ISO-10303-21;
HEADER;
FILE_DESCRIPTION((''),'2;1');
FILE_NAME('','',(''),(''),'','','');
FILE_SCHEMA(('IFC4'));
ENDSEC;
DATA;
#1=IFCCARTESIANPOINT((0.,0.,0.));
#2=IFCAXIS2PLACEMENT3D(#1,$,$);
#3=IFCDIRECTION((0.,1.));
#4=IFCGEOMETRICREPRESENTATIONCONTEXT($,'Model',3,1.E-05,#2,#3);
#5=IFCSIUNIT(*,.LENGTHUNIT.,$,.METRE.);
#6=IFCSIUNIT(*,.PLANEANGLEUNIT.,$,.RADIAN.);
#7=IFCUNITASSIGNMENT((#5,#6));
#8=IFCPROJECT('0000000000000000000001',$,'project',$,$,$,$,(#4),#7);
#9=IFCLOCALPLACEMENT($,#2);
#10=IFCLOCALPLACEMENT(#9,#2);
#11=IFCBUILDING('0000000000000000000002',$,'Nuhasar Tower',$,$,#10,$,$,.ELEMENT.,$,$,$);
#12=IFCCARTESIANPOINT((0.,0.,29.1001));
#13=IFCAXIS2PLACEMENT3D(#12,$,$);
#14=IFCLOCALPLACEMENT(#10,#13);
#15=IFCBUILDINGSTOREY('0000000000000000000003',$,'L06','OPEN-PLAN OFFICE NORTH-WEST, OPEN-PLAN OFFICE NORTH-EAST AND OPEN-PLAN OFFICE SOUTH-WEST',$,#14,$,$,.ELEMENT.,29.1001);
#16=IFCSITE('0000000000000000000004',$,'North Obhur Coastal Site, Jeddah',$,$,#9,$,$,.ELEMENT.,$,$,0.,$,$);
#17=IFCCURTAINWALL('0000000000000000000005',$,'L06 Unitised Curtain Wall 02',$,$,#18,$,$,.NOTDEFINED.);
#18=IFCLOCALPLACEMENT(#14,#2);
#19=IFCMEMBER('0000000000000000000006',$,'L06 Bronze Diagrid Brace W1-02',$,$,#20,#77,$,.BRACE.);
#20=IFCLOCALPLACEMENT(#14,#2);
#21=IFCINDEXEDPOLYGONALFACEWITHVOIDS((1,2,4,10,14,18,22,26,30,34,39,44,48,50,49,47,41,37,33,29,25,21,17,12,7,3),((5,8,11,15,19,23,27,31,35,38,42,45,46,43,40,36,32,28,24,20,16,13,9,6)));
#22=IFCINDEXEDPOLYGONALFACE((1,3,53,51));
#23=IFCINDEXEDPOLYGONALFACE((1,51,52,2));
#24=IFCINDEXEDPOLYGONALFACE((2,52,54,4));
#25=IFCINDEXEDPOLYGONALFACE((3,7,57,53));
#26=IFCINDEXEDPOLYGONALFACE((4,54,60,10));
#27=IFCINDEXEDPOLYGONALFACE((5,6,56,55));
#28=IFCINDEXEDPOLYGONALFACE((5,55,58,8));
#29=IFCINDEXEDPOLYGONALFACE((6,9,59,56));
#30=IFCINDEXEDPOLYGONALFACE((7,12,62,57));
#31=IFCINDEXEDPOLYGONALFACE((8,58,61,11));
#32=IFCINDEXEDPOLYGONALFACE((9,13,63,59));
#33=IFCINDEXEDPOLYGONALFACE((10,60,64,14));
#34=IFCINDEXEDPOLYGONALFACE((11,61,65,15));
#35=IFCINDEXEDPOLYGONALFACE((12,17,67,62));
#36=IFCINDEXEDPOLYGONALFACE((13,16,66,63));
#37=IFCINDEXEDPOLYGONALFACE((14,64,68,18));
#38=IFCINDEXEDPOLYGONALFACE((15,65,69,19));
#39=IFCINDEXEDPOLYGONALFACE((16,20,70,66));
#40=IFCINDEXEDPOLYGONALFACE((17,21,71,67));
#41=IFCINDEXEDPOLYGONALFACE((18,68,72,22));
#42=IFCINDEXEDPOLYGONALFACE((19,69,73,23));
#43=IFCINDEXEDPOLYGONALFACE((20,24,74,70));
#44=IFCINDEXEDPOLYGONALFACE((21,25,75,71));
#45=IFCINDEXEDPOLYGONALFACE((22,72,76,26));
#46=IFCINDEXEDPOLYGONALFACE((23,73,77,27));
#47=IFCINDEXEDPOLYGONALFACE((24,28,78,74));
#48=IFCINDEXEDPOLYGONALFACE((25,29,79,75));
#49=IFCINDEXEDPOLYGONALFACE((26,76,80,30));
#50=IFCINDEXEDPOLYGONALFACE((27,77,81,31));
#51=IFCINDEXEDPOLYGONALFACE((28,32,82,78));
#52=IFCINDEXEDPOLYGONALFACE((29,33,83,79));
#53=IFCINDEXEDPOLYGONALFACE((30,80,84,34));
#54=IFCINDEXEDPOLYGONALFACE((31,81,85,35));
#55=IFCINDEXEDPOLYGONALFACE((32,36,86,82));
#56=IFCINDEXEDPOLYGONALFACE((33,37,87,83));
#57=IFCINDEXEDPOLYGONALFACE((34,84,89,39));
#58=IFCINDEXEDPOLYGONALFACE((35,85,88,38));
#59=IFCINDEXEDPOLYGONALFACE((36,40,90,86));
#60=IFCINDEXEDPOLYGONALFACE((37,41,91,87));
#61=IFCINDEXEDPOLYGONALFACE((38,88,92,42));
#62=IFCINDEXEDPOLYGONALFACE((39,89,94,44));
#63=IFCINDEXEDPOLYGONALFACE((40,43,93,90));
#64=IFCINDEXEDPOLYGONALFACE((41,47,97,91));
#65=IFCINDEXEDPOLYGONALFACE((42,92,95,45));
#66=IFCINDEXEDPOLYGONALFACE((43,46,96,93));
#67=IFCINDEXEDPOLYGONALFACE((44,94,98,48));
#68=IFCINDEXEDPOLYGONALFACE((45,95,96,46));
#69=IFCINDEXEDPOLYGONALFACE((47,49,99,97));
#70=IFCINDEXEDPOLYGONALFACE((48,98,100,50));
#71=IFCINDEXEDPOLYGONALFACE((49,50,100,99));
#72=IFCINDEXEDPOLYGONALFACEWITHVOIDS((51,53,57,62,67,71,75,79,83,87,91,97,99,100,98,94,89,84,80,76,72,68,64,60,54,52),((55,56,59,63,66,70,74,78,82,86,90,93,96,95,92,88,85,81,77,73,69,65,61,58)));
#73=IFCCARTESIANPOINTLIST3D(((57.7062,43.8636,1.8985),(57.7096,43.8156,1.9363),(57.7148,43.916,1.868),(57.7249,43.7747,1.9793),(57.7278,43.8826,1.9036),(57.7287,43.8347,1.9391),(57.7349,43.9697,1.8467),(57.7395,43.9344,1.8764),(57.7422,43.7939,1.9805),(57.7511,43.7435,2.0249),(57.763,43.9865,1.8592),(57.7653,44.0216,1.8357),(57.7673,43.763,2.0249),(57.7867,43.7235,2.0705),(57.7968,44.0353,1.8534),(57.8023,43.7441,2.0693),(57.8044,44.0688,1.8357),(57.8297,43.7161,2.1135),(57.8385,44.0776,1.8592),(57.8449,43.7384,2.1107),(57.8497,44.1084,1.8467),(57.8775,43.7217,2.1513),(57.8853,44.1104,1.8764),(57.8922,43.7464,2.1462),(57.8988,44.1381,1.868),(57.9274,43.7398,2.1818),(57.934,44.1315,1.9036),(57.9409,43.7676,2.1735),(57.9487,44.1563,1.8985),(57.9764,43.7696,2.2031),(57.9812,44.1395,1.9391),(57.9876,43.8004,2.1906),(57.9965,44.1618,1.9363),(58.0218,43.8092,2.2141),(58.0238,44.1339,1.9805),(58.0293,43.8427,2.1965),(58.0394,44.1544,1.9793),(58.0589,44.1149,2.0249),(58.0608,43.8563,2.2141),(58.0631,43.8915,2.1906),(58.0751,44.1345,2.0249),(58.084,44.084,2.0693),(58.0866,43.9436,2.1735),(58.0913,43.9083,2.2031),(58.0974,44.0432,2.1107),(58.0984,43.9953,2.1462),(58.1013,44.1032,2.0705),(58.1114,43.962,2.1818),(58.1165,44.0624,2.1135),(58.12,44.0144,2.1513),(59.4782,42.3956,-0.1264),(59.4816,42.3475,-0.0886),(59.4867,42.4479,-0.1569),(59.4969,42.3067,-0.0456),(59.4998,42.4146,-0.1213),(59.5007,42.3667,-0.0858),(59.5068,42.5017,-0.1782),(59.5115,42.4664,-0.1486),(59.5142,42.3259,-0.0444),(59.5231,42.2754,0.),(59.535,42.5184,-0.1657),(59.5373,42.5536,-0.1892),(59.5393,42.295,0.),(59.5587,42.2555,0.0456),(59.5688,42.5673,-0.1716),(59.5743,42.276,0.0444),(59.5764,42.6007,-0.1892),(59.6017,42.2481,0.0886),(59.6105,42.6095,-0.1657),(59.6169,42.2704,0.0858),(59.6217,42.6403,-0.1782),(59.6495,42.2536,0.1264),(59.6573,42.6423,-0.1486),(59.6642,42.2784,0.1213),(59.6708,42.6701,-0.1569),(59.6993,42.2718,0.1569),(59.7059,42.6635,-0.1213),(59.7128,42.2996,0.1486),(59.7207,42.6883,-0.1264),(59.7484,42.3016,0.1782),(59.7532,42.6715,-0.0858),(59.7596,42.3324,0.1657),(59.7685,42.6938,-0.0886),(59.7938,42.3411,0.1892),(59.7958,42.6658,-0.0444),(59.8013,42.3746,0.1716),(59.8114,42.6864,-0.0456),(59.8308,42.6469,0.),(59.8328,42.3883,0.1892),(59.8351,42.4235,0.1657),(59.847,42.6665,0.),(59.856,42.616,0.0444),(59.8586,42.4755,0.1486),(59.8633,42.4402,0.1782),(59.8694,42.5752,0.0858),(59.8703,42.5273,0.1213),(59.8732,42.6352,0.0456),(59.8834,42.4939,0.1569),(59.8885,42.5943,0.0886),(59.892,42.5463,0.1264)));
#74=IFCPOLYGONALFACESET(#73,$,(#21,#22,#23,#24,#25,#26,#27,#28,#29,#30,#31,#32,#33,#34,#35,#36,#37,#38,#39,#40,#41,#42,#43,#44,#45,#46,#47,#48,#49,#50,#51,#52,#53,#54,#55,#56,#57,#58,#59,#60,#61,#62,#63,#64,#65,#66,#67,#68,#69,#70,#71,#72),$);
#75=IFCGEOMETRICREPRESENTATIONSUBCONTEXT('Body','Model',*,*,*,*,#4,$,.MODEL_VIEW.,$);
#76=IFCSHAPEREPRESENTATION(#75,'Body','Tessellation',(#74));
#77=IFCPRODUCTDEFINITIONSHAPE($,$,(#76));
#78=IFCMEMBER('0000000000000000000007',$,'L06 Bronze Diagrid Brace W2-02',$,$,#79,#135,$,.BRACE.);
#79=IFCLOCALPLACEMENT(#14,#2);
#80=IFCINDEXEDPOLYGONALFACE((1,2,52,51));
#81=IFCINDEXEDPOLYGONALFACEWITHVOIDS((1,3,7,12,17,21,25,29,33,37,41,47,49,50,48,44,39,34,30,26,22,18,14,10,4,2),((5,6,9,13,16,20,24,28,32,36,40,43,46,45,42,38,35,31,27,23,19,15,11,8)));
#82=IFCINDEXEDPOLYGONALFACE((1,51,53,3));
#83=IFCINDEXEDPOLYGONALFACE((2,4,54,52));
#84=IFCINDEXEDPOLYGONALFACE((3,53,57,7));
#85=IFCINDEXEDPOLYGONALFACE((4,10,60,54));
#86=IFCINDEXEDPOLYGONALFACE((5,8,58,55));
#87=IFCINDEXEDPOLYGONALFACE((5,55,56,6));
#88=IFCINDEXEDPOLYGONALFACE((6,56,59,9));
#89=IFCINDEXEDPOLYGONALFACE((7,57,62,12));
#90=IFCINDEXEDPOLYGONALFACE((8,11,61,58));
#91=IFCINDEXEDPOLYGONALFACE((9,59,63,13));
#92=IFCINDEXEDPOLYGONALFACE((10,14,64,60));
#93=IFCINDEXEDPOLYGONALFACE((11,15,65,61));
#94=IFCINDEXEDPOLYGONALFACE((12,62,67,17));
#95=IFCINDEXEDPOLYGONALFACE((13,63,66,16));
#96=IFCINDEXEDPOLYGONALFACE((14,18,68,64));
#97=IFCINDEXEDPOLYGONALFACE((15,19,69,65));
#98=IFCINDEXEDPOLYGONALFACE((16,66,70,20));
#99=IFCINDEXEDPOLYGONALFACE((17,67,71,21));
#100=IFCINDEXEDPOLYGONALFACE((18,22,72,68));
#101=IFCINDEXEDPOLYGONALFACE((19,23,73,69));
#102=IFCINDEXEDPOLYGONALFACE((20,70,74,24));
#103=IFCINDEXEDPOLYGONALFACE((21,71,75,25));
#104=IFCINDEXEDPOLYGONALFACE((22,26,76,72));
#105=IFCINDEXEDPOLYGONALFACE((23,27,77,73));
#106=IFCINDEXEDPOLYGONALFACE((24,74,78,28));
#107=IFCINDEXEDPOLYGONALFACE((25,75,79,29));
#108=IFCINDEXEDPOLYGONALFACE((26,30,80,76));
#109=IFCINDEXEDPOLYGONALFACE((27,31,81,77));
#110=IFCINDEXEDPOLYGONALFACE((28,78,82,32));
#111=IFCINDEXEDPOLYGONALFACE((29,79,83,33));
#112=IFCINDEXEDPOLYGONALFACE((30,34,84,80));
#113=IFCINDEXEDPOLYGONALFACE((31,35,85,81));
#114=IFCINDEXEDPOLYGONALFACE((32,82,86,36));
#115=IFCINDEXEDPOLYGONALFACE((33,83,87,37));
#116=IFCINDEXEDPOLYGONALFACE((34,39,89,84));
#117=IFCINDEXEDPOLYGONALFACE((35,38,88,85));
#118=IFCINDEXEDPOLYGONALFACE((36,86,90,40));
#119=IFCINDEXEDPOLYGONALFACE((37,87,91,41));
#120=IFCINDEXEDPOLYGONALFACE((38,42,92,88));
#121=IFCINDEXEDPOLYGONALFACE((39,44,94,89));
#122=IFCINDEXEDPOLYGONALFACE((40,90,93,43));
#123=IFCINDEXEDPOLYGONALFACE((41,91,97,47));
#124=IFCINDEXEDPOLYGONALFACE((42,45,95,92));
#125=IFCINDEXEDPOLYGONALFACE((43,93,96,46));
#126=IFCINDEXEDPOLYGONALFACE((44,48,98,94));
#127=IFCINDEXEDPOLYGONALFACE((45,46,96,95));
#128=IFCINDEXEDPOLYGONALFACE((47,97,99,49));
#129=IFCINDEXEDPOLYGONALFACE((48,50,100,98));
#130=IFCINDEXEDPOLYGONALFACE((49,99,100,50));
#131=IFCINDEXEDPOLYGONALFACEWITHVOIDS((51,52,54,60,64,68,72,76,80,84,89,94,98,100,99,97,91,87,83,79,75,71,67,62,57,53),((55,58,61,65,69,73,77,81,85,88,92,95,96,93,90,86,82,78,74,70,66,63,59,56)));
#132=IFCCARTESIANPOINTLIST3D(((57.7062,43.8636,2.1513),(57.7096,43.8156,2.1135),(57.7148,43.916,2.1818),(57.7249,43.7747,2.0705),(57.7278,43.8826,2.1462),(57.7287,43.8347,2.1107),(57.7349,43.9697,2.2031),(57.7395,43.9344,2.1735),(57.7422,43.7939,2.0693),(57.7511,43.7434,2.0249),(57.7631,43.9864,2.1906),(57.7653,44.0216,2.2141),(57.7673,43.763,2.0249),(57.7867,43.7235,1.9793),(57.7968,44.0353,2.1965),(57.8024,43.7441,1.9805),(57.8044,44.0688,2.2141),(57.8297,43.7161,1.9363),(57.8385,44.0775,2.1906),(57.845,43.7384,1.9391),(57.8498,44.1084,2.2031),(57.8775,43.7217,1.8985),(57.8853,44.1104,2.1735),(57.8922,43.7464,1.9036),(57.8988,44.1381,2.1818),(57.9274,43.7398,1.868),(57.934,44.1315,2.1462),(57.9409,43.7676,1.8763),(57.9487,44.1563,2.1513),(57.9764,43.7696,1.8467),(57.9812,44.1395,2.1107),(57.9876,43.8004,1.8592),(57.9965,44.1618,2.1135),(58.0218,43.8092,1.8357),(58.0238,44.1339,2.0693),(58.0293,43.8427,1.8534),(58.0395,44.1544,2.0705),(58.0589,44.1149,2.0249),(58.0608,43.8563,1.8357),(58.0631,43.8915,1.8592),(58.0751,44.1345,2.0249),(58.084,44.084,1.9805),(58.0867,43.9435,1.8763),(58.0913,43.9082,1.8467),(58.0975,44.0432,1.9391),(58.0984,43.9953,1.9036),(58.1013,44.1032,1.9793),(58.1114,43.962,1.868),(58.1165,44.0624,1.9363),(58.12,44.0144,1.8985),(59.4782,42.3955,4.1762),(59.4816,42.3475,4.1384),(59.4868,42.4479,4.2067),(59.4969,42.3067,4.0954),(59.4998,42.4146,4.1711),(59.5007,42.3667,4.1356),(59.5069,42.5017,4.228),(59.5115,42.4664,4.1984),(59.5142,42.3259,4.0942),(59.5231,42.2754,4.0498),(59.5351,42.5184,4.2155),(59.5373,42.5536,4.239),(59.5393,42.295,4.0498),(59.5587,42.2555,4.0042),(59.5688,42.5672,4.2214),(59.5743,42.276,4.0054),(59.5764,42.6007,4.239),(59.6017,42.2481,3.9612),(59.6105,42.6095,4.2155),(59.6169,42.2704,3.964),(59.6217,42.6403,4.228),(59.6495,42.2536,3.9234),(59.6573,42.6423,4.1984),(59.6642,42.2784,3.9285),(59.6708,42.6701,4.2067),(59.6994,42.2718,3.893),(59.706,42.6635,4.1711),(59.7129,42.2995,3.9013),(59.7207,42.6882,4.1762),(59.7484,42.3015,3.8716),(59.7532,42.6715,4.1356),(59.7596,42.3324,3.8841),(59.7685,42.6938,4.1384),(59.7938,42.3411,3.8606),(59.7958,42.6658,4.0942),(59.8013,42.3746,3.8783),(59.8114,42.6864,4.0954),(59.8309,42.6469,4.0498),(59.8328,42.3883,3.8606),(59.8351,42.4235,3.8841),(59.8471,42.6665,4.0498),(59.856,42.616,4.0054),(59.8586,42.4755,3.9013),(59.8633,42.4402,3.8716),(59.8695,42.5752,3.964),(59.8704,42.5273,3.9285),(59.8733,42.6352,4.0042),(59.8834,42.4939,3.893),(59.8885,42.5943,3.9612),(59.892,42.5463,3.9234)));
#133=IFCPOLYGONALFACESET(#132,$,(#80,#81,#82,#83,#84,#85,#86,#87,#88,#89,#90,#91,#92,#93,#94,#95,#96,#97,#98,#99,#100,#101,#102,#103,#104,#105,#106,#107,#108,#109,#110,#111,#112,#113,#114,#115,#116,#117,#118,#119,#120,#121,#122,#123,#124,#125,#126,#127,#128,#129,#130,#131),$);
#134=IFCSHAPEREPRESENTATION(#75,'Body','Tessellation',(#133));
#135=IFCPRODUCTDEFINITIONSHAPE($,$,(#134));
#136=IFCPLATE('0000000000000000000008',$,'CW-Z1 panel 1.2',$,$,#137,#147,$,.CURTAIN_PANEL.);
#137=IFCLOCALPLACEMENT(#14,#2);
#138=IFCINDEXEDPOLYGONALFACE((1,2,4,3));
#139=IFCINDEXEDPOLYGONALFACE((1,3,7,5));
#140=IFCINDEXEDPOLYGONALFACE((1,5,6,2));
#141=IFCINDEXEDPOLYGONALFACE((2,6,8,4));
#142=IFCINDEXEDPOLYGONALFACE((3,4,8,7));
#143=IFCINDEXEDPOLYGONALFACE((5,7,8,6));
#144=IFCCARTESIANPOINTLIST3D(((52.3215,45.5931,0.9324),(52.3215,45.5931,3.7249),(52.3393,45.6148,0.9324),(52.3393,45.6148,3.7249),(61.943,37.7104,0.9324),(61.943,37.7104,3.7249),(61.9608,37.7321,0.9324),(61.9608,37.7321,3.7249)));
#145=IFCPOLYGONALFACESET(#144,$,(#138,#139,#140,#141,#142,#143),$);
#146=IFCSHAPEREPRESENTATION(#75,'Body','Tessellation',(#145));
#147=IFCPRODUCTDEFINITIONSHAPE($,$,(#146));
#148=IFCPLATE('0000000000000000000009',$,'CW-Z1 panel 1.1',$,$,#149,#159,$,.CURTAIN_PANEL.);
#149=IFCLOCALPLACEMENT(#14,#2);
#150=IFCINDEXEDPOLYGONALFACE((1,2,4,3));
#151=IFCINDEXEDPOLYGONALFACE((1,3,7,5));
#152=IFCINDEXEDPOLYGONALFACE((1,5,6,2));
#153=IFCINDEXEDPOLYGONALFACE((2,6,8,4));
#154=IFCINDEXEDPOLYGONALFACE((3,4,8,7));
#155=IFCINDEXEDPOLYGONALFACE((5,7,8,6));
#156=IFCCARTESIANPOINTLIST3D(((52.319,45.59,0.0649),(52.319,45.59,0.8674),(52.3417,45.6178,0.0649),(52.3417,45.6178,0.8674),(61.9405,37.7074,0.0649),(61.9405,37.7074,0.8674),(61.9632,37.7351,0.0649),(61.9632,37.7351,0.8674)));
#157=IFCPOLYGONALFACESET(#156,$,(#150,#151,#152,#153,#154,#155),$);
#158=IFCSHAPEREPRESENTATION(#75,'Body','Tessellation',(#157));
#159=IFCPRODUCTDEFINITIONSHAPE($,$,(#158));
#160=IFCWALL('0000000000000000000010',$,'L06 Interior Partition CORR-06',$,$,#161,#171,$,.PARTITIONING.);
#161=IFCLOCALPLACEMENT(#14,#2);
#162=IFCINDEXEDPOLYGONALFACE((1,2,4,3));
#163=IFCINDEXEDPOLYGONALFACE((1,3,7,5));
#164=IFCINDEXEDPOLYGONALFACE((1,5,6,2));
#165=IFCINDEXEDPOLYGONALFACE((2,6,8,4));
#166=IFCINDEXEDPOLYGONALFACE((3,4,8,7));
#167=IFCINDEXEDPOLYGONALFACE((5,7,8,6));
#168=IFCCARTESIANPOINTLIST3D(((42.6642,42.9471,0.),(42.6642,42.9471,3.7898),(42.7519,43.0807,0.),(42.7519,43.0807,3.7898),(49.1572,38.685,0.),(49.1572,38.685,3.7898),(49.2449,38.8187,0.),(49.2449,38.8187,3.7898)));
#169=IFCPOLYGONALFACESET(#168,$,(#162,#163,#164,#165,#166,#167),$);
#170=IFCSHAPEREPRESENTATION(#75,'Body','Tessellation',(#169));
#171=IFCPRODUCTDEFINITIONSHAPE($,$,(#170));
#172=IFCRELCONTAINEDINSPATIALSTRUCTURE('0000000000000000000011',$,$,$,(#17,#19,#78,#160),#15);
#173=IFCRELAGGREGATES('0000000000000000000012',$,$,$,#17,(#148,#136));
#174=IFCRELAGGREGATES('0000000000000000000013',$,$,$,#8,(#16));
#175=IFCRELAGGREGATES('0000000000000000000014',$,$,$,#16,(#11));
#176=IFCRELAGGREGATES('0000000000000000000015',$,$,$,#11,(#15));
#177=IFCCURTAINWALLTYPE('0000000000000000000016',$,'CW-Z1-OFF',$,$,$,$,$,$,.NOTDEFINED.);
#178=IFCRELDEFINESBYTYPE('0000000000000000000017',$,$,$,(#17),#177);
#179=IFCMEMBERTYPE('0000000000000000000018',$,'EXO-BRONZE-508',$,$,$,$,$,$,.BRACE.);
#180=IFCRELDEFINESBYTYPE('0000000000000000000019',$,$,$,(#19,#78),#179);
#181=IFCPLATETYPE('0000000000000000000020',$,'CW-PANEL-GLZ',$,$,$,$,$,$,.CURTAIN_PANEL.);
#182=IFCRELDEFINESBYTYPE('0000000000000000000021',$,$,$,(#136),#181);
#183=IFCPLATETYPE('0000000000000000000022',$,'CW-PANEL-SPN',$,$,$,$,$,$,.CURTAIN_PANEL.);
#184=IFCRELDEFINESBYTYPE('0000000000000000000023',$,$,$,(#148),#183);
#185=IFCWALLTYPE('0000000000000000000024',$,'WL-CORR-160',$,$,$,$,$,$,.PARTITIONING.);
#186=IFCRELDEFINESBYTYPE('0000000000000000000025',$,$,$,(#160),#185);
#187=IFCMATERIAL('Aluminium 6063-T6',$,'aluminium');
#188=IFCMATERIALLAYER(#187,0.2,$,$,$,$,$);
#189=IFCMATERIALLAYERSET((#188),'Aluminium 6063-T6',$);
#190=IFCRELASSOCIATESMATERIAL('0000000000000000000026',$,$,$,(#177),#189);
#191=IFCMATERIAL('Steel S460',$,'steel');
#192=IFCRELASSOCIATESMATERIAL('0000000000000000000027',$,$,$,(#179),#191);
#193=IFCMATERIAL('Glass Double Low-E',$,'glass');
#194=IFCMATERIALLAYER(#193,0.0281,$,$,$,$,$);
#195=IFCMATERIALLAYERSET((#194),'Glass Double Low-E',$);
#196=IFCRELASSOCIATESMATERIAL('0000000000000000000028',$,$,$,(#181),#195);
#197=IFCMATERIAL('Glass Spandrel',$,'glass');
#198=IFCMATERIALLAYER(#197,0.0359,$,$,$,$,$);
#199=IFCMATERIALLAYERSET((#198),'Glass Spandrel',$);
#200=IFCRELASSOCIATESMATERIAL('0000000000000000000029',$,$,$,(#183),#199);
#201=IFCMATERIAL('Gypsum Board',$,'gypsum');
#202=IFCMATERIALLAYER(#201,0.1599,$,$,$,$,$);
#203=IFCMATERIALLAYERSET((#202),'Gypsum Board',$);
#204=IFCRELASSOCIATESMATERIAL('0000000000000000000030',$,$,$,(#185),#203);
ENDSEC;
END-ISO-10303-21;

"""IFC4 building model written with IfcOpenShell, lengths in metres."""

from ifc_helpers import new_model, si_unit, direction, frame, frame_2d, origin, origin_2d, place, context, subcontext, project, spatial, rectangle, hollow_circle, extrude, material, layer, layer_set, material_profile, profile_set, type_object, element, aggregate, save


model = new_model("IFC4")

# Units and contexts
model_context = context("Model", 3, precision=1e-05, world=origin(), true_north=direction((0.0, 1.0)))
body_context = subcontext(model_context, "Body", "Model", "MODEL_VIEW")
ifc_project = project(units=[si_unit("LENGTHUNIT", "METRE"), si_unit("PLANEANGLEUNIT", "RADIAN")], contexts=[model_context])

# Site, building, storey
site_placement = place(None, origin())
site = spatial("IfcSite", under=ifc_project, at=site_placement, Name="North Obhur Coastal Site, Jeddah", CompositionType="ELEMENT", RefElevation=0.0)
building_placement = place(site_placement, origin())
building = spatial("IfcBuilding", under=site, at=building_placement, Name="Nuhasar Tower", CompositionType="ELEMENT")
storey_placement = place(building_placement, frame((0.0, 0.0, 29.1001)))
storey = spatial("IfcBuildingStorey", under=building, at=storey_placement, Name="L06", Description="OPEN-PLAN OFFICE NORTH-WEST, OPEN-PLAN OFFICE NORTH-EAST AND OPEN-PLAN OFFICE SOUTH-WEST", CompositionType="ELEMENT", Elevation=29.1001)

# Shared definitions
ifc_material_1 = material(Name="Aluminium 6063-T6", Category="aluminium")
ifc_layer_1 = layer(ifc_material_1, 0.2)
ifc_layer_set_1 = layer_set([ifc_layer_1], Name="Aluminium 6063-T6")
curtain_wall_type = type_object("IfcCurtainWallType", Name="CW-Z1-OFF", PredefinedType="NOTDEFINED", material=ifc_layer_set_1)

# Curtain wall
curtain_wall_1_placement = place(storey_placement, origin())
curtain_wall_1 = element("IfcCurtainWall", 1, at=curtain_wall_1_placement, inside=storey, type_object=curtain_wall_type, Name="L06 Unitised Curtain Wall 02", PredefinedType="NOTDEFINED")

# Members
ifc_material_2 = material(Name="Steel S460", Category="steel")
ifc_material_profile_1 = material_profile(ifc_material_2, hollow_circle(Radius=0.2539, WallThickness=0.0254, at=origin_2d()), Name="HSS508X25.4")
ifc_profile_set_1 = profile_set([ifc_material_profile_1], Name="Steel S460")
member_type_1 = type_object("IfcMemberType", Name="EXO-BRONZE-508", PredefinedType="BRACE", material=ifc_profile_set_1)
for number, where, z_axis, x_axis, name in (
    (2, (59.6851, 42.4709, 0.0), (-0.578102, 0.478937, 0.660619), (-0.637969, -0.770062, 0.0), "L06 Bronze Diagrid Brace W1-02"),
    (3, (57.9131, 43.939, 2.0249), (0.578102, -0.478937, 0.660619), (0.637969, 0.770062, 0.0), "L06 Bronze Diagrid Brace W2-02"),
):
    element("IfcMember", number, at=place(storey_placement, frame(where, z_axis=z_axis, x_axis=x_axis)), inside=storey, type_object=member_type_1, Name=name, PredefinedType="BRACE", context=body_context, shape_type="SweptSolid", body=[
        extrude(hollow_circle(Radius=0.2539, WallThickness=0.0254, at=origin_2d()), origin(), (0.0, 0.0, 1.0), 3.0652),
    ])

# Plates
ifc_material_3 = material(Name="Glass Double Low-E", Category="glass")
ifc_layer_2 = layer(ifc_material_3, 0.0281)
ifc_layer_set_2 = layer_set([ifc_layer_2], Name="Glass Double Low-E")
plate_type_1 = type_object("IfcPlateType", Name="CW-PANEL-GLZ", PredefinedType="CURTAIN_PANEL", material=ifc_layer_set_2)
plate_1_placement = place(storey_placement, frame((57.1411, 41.6626, 0.9324), z_axis=(0.0, 0.0, 1.0), x_axis=(-0.773542, 0.633745, 0.0)))
plate_1 = element("IfcPlate", 4, at=plate_1_placement, type_object=plate_type_1, Name="CW-Z1 panel 1.2", PredefinedType="CURTAIN_PANEL", context=body_context, shape_type="SweptSolid", body=[
    extrude(rectangle(XDim=12.4382, YDim=0.0281, at=origin_2d()), origin(), (0.0, 0.0, 1.0), 2.7925),
])
ifc_material_4 = material(Name="Glass Spandrel", Category="glass")
ifc_layer_3 = layer(ifc_material_4, 0.0359)
ifc_layer_set_3 = layer_set([ifc_layer_3], Name="Glass Spandrel")
plate_type_2 = type_object("IfcPlateType", Name="CW-PANEL-SPN", PredefinedType="CURTAIN_PANEL", material=ifc_layer_set_3)
plate_2_placement = place(storey_placement, frame((57.1411, 41.6626, 0.0649), z_axis=(0.0, 0.0, 1.0), x_axis=(-0.773542, 0.633745, 0.0)))
plate_2 = element("IfcPlate", 5, at=plate_2_placement, type_object=plate_type_2, Name="CW-Z1 panel 1.1", PredefinedType="CURTAIN_PANEL", context=body_context, shape_type="SweptSolid", body=[
    extrude(rectangle(XDim=12.4382, YDim=0.0359, at=origin_2d()), origin(), (0.0, 0.0, 1.0), 0.8025),
])
aggregate(curtain_wall_1, [plate_2, plate_1])

# Wall
ifc_material_5 = material(Name="Gypsum Board", Category="gypsum")
ifc_layer_4 = layer(ifc_material_5, 0.1599)
ifc_layer_set_4 = layer_set([ifc_layer_4], Name="Gypsum Board")
wall_type = type_object("IfcWallType", Name="WL-CORR-160", PredefinedType="PARTITIONING", material=ifc_layer_set_4)
wall_placement = place(storey_placement, frame((49.2009, 38.752, 0.0), z_axis=(0.0, 0.0, 1.0), x_axis=(-0.83599, 0.548745, 0.0)))
element("IfcWall", 6, at=wall_placement, inside=storey, type_object=wall_type, Name="L06 Interior Partition CORR-06", PredefinedType="PARTITIONING", context=body_context, shape_type="SweptSolid", body=[
    extrude(rectangle(XDim=7.7668, YDim=0.1599, at=frame_2d((3.8833, 0.0))), origin(), (0.0, 0.0, 1.0), 3.7898),
])

save(model, "model.ifc")
